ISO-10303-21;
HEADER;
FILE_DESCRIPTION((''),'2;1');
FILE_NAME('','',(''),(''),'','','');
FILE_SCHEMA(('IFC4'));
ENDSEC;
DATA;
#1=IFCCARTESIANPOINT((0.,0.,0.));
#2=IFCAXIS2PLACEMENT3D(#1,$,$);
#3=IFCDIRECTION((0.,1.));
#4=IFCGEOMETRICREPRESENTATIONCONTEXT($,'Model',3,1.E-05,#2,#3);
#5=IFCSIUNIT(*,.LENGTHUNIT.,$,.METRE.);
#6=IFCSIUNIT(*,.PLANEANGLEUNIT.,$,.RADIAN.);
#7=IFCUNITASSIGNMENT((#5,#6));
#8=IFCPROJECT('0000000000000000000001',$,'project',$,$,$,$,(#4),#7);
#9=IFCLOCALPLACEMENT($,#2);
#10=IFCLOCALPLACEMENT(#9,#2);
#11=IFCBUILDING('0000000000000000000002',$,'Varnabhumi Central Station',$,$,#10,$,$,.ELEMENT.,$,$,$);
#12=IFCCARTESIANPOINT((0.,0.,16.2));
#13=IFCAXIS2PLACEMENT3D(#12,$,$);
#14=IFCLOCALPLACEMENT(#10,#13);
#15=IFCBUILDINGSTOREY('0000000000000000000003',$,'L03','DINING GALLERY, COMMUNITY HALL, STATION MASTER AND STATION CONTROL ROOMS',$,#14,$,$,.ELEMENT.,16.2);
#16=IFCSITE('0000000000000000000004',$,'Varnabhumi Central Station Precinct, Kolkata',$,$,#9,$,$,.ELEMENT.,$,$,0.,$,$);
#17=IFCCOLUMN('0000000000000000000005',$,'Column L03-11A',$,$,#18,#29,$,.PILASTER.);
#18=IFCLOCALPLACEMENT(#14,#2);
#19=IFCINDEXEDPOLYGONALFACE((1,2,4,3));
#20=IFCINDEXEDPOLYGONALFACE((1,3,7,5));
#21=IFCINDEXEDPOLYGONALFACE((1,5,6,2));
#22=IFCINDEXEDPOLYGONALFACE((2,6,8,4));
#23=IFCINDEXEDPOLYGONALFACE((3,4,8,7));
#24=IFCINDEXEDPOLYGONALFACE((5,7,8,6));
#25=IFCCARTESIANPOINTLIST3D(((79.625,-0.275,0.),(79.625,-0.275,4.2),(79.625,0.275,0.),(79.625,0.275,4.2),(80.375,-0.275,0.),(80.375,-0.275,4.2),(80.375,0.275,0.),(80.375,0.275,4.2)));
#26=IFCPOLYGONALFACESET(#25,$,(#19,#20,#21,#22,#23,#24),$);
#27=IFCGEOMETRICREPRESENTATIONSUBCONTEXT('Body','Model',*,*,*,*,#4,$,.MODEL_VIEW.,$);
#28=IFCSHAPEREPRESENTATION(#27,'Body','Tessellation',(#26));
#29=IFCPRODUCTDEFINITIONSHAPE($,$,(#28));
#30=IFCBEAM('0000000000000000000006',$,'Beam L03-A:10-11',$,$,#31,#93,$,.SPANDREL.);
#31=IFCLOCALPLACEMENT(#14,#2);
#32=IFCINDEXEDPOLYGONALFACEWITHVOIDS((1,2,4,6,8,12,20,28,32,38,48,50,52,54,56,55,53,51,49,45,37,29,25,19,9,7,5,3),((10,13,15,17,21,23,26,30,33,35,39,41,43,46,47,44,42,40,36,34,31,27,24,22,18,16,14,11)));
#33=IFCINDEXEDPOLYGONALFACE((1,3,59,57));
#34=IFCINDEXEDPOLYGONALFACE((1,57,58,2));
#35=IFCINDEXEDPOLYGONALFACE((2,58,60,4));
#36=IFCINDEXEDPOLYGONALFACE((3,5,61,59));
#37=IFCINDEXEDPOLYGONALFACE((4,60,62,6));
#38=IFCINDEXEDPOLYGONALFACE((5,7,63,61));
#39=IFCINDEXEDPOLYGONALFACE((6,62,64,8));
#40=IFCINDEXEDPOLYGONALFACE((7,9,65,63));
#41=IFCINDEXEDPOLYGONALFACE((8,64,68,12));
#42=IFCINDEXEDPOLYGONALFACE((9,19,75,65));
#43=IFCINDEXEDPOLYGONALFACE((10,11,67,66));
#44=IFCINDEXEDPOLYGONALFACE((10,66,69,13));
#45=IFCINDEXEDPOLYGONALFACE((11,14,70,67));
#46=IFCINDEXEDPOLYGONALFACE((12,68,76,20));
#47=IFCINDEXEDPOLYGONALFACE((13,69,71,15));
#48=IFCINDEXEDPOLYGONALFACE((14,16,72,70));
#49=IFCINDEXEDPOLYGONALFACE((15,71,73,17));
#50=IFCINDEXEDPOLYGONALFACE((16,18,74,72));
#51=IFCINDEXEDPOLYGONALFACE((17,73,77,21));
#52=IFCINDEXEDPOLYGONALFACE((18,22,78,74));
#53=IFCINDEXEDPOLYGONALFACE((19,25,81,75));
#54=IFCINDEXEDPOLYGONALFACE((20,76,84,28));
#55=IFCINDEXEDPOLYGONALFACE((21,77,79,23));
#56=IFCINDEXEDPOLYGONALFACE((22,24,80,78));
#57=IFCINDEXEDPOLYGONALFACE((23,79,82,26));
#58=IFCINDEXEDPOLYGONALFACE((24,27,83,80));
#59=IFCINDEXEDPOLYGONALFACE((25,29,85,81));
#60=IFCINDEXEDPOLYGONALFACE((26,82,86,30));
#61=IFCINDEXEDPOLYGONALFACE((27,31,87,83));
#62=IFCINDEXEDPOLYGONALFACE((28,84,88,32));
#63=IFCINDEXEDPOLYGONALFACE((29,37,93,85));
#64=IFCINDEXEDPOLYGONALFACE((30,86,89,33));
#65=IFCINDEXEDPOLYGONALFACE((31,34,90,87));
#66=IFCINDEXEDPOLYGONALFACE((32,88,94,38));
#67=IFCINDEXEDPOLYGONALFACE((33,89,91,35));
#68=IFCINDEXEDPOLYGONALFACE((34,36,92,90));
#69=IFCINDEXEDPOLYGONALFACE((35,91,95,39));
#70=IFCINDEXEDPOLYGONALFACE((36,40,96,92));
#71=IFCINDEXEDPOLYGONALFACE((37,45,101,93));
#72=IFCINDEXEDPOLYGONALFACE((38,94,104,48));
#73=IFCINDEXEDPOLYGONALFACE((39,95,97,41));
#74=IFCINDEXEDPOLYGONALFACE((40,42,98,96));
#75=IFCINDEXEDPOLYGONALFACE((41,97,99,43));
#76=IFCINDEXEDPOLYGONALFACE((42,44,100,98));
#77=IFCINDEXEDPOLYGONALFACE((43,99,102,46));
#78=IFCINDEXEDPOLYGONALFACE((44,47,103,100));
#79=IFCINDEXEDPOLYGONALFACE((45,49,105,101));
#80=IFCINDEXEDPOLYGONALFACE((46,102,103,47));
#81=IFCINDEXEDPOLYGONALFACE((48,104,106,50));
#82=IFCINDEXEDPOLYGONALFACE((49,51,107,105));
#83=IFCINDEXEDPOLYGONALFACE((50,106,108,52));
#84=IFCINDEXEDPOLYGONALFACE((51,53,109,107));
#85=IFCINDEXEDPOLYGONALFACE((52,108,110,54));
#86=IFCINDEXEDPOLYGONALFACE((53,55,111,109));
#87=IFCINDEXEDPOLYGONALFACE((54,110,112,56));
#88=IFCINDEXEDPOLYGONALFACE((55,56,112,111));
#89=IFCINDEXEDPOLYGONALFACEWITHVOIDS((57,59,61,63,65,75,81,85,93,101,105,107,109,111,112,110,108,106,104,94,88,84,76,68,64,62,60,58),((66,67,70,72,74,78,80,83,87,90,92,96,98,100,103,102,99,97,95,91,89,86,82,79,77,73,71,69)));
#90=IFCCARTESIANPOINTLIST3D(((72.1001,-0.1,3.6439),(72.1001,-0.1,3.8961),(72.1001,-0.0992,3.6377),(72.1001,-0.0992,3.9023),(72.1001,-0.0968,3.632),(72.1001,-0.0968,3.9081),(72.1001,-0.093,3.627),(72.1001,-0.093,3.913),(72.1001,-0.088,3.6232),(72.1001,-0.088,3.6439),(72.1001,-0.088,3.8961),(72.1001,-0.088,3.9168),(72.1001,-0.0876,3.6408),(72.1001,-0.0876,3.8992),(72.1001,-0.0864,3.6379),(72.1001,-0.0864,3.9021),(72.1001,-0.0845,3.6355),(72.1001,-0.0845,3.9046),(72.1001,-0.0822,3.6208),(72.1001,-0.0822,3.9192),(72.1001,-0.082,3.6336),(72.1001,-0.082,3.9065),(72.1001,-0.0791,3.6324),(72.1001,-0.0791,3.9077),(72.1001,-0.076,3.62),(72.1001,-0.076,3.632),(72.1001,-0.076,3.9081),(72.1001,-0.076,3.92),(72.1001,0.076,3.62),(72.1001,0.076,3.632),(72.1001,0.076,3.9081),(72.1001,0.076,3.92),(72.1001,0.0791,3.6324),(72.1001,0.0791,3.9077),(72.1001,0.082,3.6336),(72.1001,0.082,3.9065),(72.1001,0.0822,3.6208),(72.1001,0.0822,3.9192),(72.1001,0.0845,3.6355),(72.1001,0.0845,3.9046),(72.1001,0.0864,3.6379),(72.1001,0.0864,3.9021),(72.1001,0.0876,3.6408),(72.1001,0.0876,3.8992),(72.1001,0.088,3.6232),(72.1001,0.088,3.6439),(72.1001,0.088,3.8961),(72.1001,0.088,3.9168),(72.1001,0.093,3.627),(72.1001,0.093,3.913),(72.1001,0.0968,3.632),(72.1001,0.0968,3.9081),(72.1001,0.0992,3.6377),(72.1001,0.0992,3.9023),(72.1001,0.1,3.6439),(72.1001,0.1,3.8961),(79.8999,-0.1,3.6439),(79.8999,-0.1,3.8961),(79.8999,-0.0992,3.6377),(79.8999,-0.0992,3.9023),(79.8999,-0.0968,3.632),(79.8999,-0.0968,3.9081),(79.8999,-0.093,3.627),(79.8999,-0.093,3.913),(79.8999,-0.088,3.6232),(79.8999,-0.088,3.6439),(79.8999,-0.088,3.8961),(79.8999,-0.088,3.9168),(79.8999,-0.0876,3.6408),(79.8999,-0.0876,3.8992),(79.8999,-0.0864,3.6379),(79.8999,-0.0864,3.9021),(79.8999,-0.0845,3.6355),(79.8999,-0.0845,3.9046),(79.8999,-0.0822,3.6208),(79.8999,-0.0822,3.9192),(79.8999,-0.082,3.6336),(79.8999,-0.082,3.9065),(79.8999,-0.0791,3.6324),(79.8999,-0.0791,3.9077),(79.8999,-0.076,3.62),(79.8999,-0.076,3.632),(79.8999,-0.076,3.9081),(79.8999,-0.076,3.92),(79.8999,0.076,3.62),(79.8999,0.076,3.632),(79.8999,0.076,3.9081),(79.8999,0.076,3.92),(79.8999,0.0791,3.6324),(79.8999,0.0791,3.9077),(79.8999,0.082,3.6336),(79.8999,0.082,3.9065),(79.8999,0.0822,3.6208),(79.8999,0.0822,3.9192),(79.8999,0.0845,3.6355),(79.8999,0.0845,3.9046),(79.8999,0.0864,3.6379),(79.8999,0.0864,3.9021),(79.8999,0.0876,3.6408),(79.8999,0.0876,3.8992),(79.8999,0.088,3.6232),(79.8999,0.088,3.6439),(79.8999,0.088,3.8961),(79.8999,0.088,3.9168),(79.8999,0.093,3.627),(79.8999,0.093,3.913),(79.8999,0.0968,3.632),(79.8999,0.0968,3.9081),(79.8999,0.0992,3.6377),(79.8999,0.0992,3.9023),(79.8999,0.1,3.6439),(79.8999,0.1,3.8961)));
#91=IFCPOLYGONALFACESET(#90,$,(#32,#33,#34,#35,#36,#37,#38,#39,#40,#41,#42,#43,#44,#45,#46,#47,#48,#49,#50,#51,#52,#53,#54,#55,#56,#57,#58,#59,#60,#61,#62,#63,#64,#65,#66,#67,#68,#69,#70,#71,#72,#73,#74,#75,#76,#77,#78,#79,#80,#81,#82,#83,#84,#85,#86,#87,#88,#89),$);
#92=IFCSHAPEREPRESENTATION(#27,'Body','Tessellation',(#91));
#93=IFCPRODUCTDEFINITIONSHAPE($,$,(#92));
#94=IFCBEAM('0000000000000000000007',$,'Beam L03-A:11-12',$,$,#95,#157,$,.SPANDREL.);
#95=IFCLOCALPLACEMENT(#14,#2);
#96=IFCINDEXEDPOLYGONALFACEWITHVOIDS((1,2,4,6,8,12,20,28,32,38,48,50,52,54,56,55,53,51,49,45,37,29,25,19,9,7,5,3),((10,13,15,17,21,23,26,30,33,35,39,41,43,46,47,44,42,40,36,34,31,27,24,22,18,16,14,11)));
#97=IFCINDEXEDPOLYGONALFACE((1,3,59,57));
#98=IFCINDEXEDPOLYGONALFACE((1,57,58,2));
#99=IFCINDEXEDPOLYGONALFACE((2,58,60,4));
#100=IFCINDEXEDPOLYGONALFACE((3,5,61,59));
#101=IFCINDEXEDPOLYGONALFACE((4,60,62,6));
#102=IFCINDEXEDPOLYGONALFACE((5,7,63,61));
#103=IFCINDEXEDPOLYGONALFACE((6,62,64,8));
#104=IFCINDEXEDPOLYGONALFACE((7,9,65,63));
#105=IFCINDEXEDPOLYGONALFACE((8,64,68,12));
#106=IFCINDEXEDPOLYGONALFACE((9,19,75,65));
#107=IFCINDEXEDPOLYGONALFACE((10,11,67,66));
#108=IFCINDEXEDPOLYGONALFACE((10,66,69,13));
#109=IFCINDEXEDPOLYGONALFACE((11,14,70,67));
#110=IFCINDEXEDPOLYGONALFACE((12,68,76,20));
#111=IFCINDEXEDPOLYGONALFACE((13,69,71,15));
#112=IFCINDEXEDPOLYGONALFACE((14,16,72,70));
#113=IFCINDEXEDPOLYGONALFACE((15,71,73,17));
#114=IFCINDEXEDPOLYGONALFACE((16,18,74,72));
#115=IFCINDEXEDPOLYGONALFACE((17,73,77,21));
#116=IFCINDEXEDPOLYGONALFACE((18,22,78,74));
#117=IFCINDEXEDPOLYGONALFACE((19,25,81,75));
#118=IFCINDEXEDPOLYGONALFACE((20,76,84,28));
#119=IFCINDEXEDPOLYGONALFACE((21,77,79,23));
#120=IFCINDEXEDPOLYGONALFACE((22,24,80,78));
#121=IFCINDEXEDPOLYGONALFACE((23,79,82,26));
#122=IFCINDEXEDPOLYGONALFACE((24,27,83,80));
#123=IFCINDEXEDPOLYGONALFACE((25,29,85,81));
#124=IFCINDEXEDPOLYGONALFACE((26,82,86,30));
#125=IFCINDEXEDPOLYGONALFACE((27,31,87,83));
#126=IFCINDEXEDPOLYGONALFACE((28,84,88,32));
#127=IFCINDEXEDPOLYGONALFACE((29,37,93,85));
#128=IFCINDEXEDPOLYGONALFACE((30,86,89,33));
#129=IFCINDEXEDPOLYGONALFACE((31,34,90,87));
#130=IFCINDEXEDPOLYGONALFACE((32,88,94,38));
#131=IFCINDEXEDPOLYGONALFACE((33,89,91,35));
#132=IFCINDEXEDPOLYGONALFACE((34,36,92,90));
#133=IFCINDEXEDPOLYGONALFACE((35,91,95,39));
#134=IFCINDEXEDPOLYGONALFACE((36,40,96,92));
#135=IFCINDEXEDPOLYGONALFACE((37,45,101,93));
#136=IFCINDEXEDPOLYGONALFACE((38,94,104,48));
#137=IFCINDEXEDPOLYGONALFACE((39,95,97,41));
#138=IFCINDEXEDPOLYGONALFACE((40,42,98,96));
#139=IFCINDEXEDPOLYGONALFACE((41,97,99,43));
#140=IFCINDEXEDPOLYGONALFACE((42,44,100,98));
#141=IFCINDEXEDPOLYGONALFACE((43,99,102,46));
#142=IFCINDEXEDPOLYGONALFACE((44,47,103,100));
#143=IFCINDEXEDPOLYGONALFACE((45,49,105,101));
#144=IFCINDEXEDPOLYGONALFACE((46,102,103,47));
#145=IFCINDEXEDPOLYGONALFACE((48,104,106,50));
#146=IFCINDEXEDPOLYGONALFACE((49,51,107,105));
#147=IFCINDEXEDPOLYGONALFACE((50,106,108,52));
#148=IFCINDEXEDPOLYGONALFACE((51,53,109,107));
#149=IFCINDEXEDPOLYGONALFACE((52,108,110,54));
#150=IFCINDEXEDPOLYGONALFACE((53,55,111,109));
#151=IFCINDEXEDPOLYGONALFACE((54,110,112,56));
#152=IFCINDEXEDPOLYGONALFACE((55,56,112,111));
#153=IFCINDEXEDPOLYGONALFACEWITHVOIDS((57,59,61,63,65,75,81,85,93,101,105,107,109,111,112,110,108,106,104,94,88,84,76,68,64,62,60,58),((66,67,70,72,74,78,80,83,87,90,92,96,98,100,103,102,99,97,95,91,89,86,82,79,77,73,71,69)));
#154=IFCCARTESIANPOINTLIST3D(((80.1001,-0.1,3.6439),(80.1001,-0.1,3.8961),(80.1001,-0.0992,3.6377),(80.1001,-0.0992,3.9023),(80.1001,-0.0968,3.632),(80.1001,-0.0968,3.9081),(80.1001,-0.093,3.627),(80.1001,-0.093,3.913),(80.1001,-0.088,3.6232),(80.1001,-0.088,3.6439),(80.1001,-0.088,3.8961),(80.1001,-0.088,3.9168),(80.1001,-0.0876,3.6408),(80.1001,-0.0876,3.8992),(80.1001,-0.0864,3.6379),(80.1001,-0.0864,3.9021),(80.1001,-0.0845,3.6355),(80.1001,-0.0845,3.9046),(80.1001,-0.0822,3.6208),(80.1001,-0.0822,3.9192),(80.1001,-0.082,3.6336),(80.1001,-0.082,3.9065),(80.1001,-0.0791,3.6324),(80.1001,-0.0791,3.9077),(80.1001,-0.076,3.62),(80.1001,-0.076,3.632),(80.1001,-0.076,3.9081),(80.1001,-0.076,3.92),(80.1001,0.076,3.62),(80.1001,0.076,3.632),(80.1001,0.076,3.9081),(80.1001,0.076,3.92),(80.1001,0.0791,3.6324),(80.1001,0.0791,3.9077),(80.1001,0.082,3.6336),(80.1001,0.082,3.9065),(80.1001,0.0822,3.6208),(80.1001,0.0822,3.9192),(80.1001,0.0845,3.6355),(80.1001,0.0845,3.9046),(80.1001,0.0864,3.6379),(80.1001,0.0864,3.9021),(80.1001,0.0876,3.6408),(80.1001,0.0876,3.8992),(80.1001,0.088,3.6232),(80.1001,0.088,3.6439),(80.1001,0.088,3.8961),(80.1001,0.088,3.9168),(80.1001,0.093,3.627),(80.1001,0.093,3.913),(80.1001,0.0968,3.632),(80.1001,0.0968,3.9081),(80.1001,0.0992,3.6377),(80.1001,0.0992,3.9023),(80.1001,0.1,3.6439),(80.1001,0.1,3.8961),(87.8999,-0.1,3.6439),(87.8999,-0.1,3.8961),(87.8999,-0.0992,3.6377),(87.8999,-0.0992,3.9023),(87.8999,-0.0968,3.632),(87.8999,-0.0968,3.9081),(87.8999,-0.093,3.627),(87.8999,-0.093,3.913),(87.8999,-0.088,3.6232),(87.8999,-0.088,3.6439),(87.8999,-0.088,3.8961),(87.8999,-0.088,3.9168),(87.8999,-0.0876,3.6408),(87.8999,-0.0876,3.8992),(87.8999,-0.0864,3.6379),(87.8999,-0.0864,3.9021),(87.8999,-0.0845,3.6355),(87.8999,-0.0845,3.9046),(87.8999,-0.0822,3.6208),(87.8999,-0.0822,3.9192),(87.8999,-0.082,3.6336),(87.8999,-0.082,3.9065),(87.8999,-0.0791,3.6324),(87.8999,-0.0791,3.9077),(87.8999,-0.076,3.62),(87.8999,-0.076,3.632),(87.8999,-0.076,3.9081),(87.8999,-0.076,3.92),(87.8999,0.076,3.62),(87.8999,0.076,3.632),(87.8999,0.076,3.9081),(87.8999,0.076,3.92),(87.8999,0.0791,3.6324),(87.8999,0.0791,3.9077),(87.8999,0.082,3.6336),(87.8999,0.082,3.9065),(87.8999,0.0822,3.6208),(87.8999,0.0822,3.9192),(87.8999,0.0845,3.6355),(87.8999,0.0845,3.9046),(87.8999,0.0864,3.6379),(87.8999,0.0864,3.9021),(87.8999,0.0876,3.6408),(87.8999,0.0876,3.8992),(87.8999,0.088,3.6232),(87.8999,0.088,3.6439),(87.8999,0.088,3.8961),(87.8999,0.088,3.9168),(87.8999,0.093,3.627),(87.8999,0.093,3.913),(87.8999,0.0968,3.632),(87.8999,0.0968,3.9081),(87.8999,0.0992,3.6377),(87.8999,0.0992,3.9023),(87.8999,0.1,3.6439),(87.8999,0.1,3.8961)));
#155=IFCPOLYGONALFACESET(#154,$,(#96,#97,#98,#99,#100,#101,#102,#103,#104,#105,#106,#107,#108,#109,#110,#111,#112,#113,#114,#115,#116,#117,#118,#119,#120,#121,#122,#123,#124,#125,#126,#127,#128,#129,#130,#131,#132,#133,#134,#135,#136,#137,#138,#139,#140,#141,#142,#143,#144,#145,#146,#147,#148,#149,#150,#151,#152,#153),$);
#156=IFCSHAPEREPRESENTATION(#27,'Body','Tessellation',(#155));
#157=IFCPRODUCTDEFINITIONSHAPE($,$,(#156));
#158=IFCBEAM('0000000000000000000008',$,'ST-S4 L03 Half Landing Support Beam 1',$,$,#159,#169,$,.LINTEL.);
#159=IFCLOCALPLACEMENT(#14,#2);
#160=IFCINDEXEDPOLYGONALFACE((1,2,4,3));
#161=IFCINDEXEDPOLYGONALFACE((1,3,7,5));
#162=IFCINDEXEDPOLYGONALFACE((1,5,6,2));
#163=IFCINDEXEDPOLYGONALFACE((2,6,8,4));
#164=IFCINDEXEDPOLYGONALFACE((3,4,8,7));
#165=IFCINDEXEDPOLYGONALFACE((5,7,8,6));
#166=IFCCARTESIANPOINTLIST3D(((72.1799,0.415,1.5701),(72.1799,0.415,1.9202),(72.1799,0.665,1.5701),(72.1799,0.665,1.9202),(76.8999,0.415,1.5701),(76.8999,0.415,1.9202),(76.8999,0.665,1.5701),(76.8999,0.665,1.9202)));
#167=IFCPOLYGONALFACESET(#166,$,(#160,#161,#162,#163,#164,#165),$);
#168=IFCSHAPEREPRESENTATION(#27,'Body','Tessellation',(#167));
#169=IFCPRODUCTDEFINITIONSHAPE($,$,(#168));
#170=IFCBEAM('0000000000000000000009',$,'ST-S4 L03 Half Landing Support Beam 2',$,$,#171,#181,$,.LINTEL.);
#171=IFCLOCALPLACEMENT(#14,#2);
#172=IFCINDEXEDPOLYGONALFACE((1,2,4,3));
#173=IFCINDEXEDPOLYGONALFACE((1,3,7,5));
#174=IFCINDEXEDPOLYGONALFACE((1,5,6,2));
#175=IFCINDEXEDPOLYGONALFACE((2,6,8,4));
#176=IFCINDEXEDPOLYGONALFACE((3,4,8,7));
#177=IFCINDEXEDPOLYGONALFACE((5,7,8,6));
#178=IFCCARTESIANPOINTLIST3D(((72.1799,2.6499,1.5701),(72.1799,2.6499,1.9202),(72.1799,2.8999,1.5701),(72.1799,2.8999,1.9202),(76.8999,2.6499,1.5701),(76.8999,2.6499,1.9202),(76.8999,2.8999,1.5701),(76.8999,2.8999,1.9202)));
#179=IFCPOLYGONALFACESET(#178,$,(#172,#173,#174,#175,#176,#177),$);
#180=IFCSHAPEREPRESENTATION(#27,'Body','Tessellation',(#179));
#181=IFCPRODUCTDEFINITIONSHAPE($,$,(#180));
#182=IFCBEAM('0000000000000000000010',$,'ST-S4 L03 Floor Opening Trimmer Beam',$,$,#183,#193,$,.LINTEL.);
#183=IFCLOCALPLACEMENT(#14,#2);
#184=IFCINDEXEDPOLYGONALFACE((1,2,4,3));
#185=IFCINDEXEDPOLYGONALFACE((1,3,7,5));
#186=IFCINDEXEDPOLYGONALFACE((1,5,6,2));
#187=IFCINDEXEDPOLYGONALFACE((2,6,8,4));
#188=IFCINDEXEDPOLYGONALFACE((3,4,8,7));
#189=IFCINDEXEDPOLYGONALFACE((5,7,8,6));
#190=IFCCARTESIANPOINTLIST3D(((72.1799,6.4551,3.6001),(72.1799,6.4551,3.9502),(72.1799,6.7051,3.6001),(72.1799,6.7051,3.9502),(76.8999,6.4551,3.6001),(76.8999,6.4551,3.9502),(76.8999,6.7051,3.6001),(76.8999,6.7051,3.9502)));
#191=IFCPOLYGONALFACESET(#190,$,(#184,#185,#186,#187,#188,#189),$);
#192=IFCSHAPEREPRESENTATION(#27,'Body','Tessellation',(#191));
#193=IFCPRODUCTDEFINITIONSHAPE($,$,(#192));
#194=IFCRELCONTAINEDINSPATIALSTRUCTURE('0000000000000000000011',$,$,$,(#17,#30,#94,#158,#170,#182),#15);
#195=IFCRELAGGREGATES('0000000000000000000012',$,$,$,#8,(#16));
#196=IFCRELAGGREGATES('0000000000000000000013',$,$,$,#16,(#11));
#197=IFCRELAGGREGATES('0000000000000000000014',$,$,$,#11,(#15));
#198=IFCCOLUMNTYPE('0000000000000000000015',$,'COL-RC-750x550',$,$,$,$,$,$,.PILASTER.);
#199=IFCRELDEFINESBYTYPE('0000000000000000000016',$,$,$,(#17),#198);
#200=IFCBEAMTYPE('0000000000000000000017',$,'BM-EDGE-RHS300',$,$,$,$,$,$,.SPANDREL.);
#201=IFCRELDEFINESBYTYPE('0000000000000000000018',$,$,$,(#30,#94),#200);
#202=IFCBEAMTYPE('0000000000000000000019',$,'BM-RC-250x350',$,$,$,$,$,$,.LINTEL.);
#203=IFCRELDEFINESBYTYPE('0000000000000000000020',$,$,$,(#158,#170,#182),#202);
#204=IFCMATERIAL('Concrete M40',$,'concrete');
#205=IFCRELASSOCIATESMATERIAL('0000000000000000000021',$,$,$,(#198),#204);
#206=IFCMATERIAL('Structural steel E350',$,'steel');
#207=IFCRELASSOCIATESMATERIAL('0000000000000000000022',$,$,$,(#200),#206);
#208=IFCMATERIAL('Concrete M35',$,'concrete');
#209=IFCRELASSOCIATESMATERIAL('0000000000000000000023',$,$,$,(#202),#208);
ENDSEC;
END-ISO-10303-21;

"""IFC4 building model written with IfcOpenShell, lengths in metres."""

from ifc_helpers import new_model, si_unit, direction, frame, origin, origin_2d, place, context, subcontext, project, spatial, rectangle, hollow_rectangle, extrude, material, material_profile, profile_set, type_object, element, save


model = new_model("IFC4")

# Units and contexts
model_context = context("Model", 3, precision=1e-05, world=origin(), true_north=direction((0.0, 1.0)))
body_context = subcontext(model_context, "Body", "Model", "MODEL_VIEW")
ifc_project = project(units=[si_unit("LENGTHUNIT", "METRE"), si_unit("PLANEANGLEUNIT", "RADIAN")], contexts=[model_context])

# Site, building, storey
site_placement = place(None, origin())
site = spatial("IfcSite", under=ifc_project, at=site_placement, Name="Varnabhumi Central Station Precinct, Kolkata", CompositionType="ELEMENT", RefElevation=0.0)
building_placement = place(site_placement, origin())
building = spatial("IfcBuilding", under=site, at=building_placement, Name="Varnabhumi Central Station", CompositionType="ELEMENT")
storey_placement = place(building_placement, frame((0.0, 0.0, 16.2)))
storey = spatial("IfcBuildingStorey", under=building, at=storey_placement, Name="L03", Description="DINING GALLERY, COMMUNITY HALL, STATION MASTER AND STATION CONTROL ROOMS", CompositionType="ELEMENT", Elevation=16.2)

# Column
ifc_material_1 = material(Name="Concrete M40", Category="concrete")
ifc_material_profile_1 = material_profile(ifc_material_1, rectangle(XDim=0.75, YDim=0.55, at=origin_2d()), Name="Concrete M40", Category="concrete")
ifc_profile_set_1 = profile_set([ifc_material_profile_1], Name="Concrete M40")
column_type = type_object("IfcColumnType", Name="COL-RC-750x550", PredefinedType="PILASTER", material=ifc_profile_set_1)
column_placement = place(storey_placement, frame((80.0, 0.0, 0.0), z_axis=(0.0, 0.0, 1.0), x_axis=(1.0, 0.0, 0.0)))
element("IfcColumn", 1, at=column_placement, inside=storey, type_object=column_type, Name="Column L03-11A", PredefinedType="PILASTER", context=body_context, shape_type="SweptSolid", body=[
    extrude(rectangle(XDim=0.75, YDim=0.55, at=origin_2d()), origin(), (0.0, 0.0, 1.0), 4.2),
])

# Beams
ifc_material_2 = material(Name="Structural steel E350", Category="steel")
ifc_material_profile_2 = material_profile(ifc_material_2, hollow_rectangle(XDim=0.2, YDim=0.3, WallThickness=0.012, InnerFilletRadius=0.012, OuterFilletRadius=0.0239, at=origin_2d()), Name="Structural steel E350", Category="steel")
ifc_profile_set_2 = profile_set([ifc_material_profile_2], Name="Structural steel E350")
beam_type_1 = type_object("IfcBeamType", Name="BM-EDGE-RHS300", PredefinedType="SPANDREL", material=ifc_profile_set_2)
for number, where, z_axis, x_axis, name in (
    (2, (72.1001, 0.0, 3.77), (1.0, 0.0, 0.0), (0.0, 1.0, 0.0), "Beam L03-A:10-11"),
    (3, (80.1001, 0.0, 3.77), (1.0, 0.0, 0.0), (0.0, 1.0, 0.0), "Beam L03-A:11-12"),
):
    element("IfcBeam", number, at=place(storey_placement, frame(where, z_axis=z_axis, x_axis=x_axis)), inside=storey, type_object=beam_type_1, Name=name, PredefinedType="SPANDREL", context=body_context, shape_type="SweptSolid", body=[
        extrude(hollow_rectangle(XDim=0.2, YDim=0.3, WallThickness=0.012, InnerFilletRadius=0.012, OuterFilletRadius=0.0239, at=origin_2d()), origin(), (0.0, 0.0, 1.0), 7.7998),
    ])
ifc_material_3 = material(Name="Concrete M35", Category="concrete")
ifc_material_profile_3 = material_profile(ifc_material_3, rectangle(XDim=0.25, YDim=0.3501, at=origin_2d()), Name="Concrete M35", Category="concrete")
ifc_profile_set_3 = profile_set([ifc_material_profile_3], Name="Concrete M35")
beam_type_2 = type_object("IfcBeamType", Name="BM-RC-250x350", PredefinedType="LINTEL", material=ifc_profile_set_3)
for number, where, z_axis, x_axis, name in (
    (4, (72.1799, 0.54, 1.7451), (1.0, 0.0, 0.0), (0.0, 1.0, 0.0), "ST-S4 L03 Half Landing Support Beam 1"),
    (5, (72.1799, 2.7749, 1.7451), (1.0, 0.0, 0.0), (0.0, 1.0, 0.0), "ST-S4 L03 Half Landing Support Beam 2"),
    (6, (72.1799, 6.5801, 3.7751), (1.0, 0.0, 0.0), (0.0, 1.0, 0.0), "ST-S4 L03 Floor Opening Trimmer Beam"),
):
    element("IfcBeam", number, at=place(storey_placement, frame(where, z_axis=z_axis, x_axis=x_axis)), inside=storey, type_object=beam_type_2, Name=name, PredefinedType="LINTEL", context=body_context, shape_type="SweptSolid", body=[
        extrude(rectangle(XDim=0.25, YDim=0.3501, at=origin_2d()), origin(), (0.0, 0.0, 1.0), 4.72),
    ])

save(model, "model.ifc")
